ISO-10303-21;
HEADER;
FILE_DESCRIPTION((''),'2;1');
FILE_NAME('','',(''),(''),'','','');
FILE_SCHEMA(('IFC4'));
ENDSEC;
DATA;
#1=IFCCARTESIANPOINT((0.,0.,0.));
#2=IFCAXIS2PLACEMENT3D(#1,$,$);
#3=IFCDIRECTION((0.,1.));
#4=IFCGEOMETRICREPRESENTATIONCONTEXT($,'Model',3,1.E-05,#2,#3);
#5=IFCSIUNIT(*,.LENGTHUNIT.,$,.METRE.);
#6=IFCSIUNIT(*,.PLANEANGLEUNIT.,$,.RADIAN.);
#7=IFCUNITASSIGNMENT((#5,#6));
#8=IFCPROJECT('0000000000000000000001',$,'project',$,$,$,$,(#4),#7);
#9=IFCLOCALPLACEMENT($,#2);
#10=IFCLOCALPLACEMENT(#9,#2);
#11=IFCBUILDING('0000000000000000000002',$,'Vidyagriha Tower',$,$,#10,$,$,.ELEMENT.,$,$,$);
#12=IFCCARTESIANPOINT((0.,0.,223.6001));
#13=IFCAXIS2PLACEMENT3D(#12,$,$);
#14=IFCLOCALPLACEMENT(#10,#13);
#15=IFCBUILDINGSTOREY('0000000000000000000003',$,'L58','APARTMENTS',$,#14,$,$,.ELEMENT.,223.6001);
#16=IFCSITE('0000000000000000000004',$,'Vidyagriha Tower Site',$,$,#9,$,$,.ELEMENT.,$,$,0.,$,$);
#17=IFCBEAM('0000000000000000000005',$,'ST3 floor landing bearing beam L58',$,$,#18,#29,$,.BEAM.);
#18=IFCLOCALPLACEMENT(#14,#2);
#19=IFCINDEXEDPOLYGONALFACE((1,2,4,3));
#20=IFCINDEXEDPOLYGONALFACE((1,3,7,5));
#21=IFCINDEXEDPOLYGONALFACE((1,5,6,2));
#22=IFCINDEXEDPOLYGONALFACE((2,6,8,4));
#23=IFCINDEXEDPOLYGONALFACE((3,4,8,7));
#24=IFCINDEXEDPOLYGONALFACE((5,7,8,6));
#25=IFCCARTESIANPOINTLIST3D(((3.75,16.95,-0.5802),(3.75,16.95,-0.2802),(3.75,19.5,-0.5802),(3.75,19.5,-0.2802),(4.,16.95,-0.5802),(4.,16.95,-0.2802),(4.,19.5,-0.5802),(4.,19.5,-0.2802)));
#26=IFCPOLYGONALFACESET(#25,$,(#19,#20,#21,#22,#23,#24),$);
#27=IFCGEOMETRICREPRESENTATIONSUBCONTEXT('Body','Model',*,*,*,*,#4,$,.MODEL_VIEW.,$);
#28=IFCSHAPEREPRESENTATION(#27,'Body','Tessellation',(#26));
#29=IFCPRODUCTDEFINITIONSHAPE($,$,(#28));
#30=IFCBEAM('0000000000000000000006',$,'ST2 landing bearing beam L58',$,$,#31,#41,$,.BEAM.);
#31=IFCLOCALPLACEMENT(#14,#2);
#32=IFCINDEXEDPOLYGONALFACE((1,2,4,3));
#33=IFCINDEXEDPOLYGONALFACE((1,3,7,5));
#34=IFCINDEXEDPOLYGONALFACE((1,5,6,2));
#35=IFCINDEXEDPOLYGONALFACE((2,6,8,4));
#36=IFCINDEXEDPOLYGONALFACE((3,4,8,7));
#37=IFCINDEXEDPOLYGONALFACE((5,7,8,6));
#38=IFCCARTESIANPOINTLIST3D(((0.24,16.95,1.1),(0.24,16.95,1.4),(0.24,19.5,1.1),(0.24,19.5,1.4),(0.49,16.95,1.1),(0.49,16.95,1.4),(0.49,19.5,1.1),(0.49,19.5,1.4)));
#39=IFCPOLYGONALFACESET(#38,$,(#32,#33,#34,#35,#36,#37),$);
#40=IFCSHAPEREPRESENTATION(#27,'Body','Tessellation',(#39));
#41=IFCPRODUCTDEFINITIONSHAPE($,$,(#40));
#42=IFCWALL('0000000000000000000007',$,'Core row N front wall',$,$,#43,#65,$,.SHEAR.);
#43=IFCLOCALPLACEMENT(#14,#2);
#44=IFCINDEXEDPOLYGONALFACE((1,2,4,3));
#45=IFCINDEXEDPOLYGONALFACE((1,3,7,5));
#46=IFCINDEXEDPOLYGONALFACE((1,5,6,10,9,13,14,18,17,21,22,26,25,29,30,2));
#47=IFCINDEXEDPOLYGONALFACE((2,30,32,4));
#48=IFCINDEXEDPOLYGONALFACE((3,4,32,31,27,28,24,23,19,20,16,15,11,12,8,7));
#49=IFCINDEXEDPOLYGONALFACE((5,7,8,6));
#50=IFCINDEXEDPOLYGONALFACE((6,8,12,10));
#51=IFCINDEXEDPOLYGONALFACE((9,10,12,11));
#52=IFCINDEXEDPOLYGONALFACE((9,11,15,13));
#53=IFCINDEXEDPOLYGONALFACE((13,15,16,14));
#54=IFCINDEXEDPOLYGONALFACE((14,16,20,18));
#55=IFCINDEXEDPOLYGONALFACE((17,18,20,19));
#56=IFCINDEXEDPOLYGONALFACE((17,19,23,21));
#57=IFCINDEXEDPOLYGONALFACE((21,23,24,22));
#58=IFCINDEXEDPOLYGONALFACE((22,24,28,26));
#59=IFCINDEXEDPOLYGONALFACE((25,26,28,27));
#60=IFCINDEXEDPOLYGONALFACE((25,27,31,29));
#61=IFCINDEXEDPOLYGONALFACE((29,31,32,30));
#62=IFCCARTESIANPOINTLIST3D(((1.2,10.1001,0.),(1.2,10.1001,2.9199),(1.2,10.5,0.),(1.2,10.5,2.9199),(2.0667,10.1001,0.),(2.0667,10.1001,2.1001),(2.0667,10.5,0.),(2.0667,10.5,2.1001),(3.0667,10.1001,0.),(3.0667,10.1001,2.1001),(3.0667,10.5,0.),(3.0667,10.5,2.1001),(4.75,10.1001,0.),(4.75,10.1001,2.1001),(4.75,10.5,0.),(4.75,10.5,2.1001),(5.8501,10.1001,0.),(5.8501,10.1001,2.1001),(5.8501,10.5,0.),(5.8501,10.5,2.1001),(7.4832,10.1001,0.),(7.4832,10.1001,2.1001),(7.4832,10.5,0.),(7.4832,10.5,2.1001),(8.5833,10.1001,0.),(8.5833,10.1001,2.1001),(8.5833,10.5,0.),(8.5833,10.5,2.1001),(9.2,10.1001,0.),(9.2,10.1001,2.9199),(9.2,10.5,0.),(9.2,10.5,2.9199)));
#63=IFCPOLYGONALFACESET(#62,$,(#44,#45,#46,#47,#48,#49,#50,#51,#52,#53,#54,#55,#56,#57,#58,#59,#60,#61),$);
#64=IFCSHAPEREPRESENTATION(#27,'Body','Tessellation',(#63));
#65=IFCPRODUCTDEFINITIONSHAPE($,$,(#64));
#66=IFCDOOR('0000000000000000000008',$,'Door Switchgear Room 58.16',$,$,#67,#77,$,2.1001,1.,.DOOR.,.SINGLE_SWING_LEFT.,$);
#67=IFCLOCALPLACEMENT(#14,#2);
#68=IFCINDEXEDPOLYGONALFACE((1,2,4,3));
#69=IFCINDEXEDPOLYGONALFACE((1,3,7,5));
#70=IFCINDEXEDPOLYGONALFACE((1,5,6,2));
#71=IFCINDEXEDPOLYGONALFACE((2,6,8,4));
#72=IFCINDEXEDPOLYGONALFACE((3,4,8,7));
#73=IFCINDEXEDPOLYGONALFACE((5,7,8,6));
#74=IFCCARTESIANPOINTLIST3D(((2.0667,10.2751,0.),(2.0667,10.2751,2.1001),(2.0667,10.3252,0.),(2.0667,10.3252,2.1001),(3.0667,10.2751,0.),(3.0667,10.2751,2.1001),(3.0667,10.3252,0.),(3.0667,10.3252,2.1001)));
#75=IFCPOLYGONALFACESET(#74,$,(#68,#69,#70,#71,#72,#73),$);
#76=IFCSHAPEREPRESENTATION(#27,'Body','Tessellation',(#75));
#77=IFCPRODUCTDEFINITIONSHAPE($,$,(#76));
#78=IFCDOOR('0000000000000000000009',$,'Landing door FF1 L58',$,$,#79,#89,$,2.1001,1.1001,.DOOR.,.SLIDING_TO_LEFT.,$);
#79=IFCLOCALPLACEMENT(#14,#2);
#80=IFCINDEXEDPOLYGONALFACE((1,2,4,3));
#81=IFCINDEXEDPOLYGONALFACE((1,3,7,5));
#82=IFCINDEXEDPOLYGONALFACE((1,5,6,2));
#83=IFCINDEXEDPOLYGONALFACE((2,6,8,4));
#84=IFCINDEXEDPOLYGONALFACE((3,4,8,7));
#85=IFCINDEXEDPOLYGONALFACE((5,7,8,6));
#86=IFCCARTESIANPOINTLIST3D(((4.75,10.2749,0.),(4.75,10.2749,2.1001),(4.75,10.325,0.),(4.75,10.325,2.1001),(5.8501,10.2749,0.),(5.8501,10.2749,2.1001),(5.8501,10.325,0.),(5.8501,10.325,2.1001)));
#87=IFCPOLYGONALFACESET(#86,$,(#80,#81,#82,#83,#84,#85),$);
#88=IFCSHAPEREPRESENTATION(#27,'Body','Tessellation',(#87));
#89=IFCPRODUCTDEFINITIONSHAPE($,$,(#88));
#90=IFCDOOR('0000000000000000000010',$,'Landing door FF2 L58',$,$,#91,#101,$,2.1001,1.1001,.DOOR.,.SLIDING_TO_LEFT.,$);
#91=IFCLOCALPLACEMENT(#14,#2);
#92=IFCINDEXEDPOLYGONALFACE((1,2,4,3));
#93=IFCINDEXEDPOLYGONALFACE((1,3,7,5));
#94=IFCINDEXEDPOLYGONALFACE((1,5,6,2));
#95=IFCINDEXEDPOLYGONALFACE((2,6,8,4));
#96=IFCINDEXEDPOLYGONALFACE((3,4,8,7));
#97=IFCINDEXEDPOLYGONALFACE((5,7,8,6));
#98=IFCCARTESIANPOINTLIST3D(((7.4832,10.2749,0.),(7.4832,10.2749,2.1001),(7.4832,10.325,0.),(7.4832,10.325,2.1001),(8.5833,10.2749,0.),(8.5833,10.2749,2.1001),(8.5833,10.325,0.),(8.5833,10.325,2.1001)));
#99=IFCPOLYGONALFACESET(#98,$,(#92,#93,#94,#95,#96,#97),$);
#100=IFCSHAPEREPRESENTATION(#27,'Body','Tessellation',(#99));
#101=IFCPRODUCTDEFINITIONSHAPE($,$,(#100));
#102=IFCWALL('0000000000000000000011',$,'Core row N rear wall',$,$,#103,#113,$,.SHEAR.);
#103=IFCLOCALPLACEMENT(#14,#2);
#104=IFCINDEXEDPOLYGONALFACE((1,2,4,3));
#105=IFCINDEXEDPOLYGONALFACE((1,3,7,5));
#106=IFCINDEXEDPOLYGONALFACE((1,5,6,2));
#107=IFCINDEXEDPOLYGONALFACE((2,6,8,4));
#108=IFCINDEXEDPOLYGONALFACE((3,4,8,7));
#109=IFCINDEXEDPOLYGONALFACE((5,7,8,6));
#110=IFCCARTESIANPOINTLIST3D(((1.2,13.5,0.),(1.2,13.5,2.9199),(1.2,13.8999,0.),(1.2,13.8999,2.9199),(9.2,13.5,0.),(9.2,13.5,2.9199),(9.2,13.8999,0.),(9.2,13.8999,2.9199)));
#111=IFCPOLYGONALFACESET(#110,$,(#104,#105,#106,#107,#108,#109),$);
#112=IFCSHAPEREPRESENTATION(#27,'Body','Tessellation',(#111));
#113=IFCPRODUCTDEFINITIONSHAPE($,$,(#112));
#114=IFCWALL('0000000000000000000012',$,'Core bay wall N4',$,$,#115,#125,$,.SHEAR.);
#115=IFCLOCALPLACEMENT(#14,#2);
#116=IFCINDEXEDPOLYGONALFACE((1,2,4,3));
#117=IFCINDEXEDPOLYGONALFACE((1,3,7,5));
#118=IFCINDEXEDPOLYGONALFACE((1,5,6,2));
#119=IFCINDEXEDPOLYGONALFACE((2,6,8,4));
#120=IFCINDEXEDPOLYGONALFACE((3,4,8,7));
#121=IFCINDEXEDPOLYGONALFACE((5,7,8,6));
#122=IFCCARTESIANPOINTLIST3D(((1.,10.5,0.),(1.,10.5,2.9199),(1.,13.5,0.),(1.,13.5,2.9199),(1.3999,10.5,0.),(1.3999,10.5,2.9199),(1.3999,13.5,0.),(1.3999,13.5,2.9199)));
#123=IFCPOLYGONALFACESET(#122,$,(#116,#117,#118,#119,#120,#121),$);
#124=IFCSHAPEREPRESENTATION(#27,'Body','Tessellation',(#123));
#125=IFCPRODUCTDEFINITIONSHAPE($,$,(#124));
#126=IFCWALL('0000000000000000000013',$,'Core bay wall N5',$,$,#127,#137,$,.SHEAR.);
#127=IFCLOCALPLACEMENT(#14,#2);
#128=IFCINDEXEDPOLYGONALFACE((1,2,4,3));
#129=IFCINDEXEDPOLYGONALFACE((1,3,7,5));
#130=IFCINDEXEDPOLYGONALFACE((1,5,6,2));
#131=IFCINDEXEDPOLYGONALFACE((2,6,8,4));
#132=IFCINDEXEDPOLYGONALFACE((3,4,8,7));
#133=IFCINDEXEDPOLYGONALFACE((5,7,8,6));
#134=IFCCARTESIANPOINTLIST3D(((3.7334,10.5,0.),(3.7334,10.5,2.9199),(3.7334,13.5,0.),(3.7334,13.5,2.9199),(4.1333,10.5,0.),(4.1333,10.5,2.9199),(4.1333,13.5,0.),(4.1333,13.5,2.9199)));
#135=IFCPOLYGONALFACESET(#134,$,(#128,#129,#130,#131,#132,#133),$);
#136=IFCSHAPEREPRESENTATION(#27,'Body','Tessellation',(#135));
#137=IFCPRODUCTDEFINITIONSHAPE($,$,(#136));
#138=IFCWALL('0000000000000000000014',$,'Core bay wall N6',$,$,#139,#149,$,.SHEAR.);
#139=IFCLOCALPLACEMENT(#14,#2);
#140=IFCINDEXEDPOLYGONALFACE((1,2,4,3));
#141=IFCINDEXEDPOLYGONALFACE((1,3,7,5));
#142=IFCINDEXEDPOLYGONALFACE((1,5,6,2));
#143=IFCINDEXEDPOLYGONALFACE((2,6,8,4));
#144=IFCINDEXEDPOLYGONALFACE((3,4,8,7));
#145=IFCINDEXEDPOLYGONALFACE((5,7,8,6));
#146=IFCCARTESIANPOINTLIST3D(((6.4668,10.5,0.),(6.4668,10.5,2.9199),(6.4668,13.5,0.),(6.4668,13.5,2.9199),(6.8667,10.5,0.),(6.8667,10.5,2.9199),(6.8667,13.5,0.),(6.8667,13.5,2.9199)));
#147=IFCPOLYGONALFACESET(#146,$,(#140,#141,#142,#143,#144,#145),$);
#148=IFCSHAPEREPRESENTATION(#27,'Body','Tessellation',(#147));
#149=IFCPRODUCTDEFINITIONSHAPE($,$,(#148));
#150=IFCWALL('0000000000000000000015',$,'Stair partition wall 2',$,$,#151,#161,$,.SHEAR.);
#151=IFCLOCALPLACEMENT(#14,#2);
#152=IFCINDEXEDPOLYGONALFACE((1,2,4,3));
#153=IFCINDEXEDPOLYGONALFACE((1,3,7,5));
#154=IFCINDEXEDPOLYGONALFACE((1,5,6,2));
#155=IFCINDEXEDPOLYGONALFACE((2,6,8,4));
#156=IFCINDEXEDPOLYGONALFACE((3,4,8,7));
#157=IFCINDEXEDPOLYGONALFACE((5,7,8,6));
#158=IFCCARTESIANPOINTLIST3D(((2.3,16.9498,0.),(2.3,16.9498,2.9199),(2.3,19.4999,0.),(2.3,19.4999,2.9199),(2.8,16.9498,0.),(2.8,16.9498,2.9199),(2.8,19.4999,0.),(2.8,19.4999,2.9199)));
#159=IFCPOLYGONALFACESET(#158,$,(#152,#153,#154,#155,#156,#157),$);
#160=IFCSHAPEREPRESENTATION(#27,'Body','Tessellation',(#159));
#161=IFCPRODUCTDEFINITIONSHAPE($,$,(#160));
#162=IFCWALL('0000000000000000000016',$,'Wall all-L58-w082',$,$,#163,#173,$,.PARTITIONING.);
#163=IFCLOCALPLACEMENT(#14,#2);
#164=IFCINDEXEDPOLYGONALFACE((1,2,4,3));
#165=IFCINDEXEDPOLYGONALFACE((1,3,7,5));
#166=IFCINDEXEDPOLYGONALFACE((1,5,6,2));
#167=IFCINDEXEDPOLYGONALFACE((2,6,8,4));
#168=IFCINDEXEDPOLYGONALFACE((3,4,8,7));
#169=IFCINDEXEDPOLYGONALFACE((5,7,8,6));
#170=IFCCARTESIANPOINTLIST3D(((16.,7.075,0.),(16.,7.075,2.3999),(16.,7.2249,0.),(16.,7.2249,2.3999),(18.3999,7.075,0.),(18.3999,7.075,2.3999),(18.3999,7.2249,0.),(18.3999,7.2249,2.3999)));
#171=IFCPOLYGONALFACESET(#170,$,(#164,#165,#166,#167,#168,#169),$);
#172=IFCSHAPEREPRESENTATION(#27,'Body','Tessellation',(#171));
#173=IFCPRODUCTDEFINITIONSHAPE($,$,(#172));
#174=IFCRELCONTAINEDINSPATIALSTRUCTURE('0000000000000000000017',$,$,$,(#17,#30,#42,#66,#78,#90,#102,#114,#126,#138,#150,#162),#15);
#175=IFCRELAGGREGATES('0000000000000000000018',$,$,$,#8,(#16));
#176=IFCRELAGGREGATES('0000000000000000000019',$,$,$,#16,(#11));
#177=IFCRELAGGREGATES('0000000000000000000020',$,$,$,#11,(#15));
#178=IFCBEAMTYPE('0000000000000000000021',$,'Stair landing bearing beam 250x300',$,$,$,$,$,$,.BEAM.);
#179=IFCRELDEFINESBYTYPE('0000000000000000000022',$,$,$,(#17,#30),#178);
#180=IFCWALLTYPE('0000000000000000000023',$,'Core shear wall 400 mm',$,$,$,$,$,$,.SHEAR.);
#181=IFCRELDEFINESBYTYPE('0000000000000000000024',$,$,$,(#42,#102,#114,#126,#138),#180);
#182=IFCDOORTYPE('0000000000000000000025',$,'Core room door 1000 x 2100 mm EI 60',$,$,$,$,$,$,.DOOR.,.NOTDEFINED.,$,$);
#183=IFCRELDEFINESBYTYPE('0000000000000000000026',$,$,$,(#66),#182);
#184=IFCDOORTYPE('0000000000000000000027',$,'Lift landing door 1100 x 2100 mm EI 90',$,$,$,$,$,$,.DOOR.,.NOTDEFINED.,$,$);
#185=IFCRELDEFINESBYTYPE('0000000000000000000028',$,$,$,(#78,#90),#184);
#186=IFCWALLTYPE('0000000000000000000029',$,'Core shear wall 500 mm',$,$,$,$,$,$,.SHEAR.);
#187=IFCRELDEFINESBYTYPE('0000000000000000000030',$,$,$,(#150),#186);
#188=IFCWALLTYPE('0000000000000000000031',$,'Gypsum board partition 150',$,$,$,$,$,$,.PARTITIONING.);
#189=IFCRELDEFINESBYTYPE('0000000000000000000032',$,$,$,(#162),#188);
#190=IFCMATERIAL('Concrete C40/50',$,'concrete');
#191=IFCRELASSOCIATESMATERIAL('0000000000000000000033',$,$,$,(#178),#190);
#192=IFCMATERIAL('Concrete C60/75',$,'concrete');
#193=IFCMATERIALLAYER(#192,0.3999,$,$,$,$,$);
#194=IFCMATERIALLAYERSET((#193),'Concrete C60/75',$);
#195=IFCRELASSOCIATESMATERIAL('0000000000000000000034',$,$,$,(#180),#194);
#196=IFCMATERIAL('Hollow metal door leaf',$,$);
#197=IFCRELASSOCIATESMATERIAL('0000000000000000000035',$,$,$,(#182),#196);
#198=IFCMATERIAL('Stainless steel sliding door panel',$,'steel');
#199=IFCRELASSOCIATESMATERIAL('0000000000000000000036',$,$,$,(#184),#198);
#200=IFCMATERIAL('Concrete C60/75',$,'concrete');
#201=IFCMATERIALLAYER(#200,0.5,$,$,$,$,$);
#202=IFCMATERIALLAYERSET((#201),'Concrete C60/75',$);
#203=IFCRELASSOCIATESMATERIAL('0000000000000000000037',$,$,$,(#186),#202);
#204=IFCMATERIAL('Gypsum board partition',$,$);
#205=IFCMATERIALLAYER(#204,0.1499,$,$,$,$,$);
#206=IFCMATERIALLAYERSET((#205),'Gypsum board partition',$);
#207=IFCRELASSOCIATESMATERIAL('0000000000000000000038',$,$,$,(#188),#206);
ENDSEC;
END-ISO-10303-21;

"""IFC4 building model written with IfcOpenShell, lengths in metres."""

from ifc_helpers import new_model, si_unit, direction, frame, frame_2d, origin, origin_2d, place, context, subcontext, project, spatial, rectangle, extrude, material, layer, layer_set, material_profile, profile_set, type_object, element, fill, save


model = new_model("IFC4")

# Units and contexts
model_context = context("Model", 3, precision=1e-05, world=origin(), true_north=direction((0.0, 1.0)))
body_context = subcontext(model_context, "Body", "Model", "MODEL_VIEW")
ifc_project = project(units=[si_unit("LENGTHUNIT", "METRE"), si_unit("PLANEANGLEUNIT", "RADIAN")], contexts=[model_context])

# Site, building, storey
site_placement = place(None, origin())
site = spatial("IfcSite", under=ifc_project, at=site_placement, Name="Vidyagriha Tower Site", CompositionType="ELEMENT", RefElevation=0.0)
building_placement = place(site_placement, origin())
building = spatial("IfcBuilding", under=site, at=building_placement, Name="Vidyagriha Tower", CompositionType="ELEMENT")
storey_placement = place(building_placement, frame((0.0, 0.0, 223.6001)))
storey = spatial("IfcBuildingStorey", under=building, at=storey_placement, Name="L58", Description="APARTMENTS", CompositionType="ELEMENT", Elevation=223.6001)

# Beams
ifc_material_1 = material(Name="Concrete C40/50", Category="concrete")
ifc_material_profile = material_profile(ifc_material_1, rectangle(XDim=0.25, YDim=0.3, at=origin_2d()), Name="Stair landing bearing beam 250x300")
ifc_profile_set = profile_set([ifc_material_profile], Name="Concrete C40/50")
beam_type = type_object("IfcBeamType", Name="Stair landing bearing beam 250x300", PredefinedType="BEAM", material=ifc_profile_set)
for number, where, z_axis, x_axis, name in (
    (1, (3.875, 16.95, -0.4302), (0.0, 1.0, 0.0), (-1.0, 0.0, 0.0), "ST3 floor landing bearing beam L58"),
    (2, (0.365, 16.95, 1.25), (0.0, 1.0, 0.0), (-1.0, 0.0, 0.0), "ST2 landing bearing beam L58"),
):
    element("IfcBeam", number, at=place(storey_placement, frame(where, z_axis=z_axis, x_axis=x_axis)), inside=storey, type_object=beam_type, Name=name, PredefinedType="BEAM", context=body_context, shape_type="SweptSolid", body=[
        extrude(rectangle(XDim=0.25, YDim=0.3, at=origin_2d()), origin(), (0.0, 0.0, 1.0), 2.55),
    ])

# Wall, openings, doors
ifc_material_2 = material(Name="Concrete C60/75", Category="concrete")
ifc_layer_1 = layer(ifc_material_2, 0.3999)
ifc_layer_set_1 = layer_set([ifc_layer_1], Name="Concrete C60/75")
wall_type_1 = type_object("IfcWallType", Name="Core shear wall 400 mm", PredefinedType="SHEAR", material=ifc_layer_set_1)
wall_1_placement = place(storey_placement, frame((1.2, 10.3, 0.0)))
wall_1 = element("IfcWall", 3, at=wall_1_placement, inside=storey, type_object=wall_type_1, Name="Core row N front wall", PredefinedType="SHEAR", context=body_context, shape_type="SweptSolid", body=[
    extrude(rectangle(XDim=8.0, YDim=0.3999, at=frame_2d((4.0, 0.0))), origin(), (0.0, 0.0, 1.0), 2.9199),
])
opening_1_placement = place(wall_1_placement, frame((3.55, 0.0, 0.0)))
opening_1 = element("IfcOpeningElement", 4, at=opening_1_placement, cuts=wall_1, PredefinedType="OPENING", context=body_context, shape_type="SweptSolid", body=[
    extrude(rectangle(XDim=1.1001, YDim=2.1001, at=frame_2d((0.55, 1.05))), frame((0.0, 0.21, 0.0), z_axis=(0.0, -1.0, 0.0), x_axis=(1.0, 0.0, 0.0)), (0.0, 0.0, 1.0), 0.4199),
])
opening_2_placement = place(wall_1_placement, frame((6.2832, 0.0, 0.0)))
opening_2 = element("IfcOpeningElement", 5, at=opening_2_placement, cuts=wall_1, PredefinedType="OPENING", context=body_context, shape_type="SweptSolid", body=[
    extrude(rectangle(XDim=1.1001, YDim=2.1001, at=frame_2d((0.55, 1.05))), frame((0.0, 0.21, 0.0), z_axis=(0.0, -1.0, 0.0), x_axis=(1.0, 0.0, 0.0)), (0.0, 0.0, 1.0), 0.4199),
])
opening_3_placement = place(wall_1_placement, frame((0.8667, 0.0, 0.0)))
opening_3 = element("IfcOpeningElement", 6, at=opening_3_placement, cuts=wall_1, PredefinedType="OPENING", context=body_context, shape_type="SweptSolid", body=[
    extrude(rectangle(XDim=1.0, YDim=2.1001, at=frame_2d((0.5, 1.05))), frame((0.0, 0.21, 0.0), z_axis=(0.0, -1.0, 0.0), x_axis=(1.0, 0.0, 0.0)), (0.0, 0.0, 1.0), 0.4199),
])
ifc_material_3 = material(Name="Hollow metal door leaf")
door_type_1 = type_object("IfcDoorType", Name="Core room door 1000 x 2100 mm EI 60", OperationType="NOTDEFINED", PredefinedType="DOOR", material=ifc_material_3)
door_1_placement = place(opening_3_placement, frame((1.0, 0.0, 0.0), z_axis=(0.0, 0.0, 1.0), x_axis=(-1.0, 0.0, 0.0)))
door_1 = element("IfcDoor", 7, at=door_1_placement, inside=storey, type_object=door_type_1, Name="Door Switchgear Room 58.16", OperationType="SINGLE_SWING_LEFT", OverallHeight=2.1001, OverallWidth=1.0, PredefinedType="DOOR", context=body_context, shape_type="SweptSolid", body=[
    extrude(rectangle(XDim=1.0, YDim=2.1001, at=frame_2d((0.5, 1.05))), frame((0.0, 0.0249, 0.0), z_axis=(0.0, -1.0, 0.0), x_axis=(1.0, 0.0, 0.0)), (0.0, 0.0, 1.0), 0.05),
])
fill(opening_3, door_1)
ifc_material_4 = material(Name="Stainless steel sliding door panel", Category="steel")
door_type_2 = type_object("IfcDoorType", Name="Lift landing door 1100 x 2100 mm EI 90", OperationType="NOTDEFINED", PredefinedType="DOOR", material=ifc_material_4)
door_2_placement = place(opening_1_placement, origin())
door_2 = element("IfcDoor", 8, at=door_2_placement, inside=storey, type_object=door_type_2, Name="Landing door FF1 L58", OperationType="SLIDING_TO_LEFT", OverallHeight=2.1001, OverallWidth=1.1001, PredefinedType="DOOR", context=body_context, shape_type="SweptSolid", body=[
    extrude(rectangle(XDim=1.1001, YDim=2.1001, at=frame_2d((0.55, 1.05))), frame((0.0, 0.0249, 0.0), z_axis=(0.0, -1.0, 0.0), x_axis=(1.0, 0.0, 0.0)), (0.0, 0.0, 1.0), 0.05),
])
fill(opening_1, door_2)
door_3_placement = place(opening_2_placement, origin())
door_3 = element("IfcDoor", 9, at=door_3_placement, inside=storey, type_object=door_type_2, Name="Landing door FF2 L58", OperationType="SLIDING_TO_LEFT", OverallHeight=2.1001, OverallWidth=1.1001, PredefinedType="DOOR", context=body_context, shape_type="SweptSolid", body=[
    extrude(rectangle(XDim=1.1001, YDim=2.1001, at=frame_2d((0.55, 1.05))), frame((0.0, 0.0249, 0.0), z_axis=(0.0, -1.0, 0.0), x_axis=(1.0, 0.0, 0.0)), (0.0, 0.0, 1.0), 0.05),
])
fill(opening_2, door_3)

# Walls
wall_2_placement = place(storey_placement, frame((1.2, 13.7, 0.0)))
element("IfcWall", 10, at=wall_2_placement, inside=storey, type_object=wall_type_1, Name="Core row N rear wall", PredefinedType="SHEAR", context=body_context, shape_type="SweptSolid", body=[
    extrude(rectangle(XDim=8.0, YDim=0.3999, at=frame_2d((4.0, 0.0))), origin(), (0.0, 0.0, 1.0), 2.9199),
])
for number, where, z_axis, x_axis, name in (
    (11, (1.2, 10.5, 0.0), (0.0, 0.0, 1.0), (0.0, 1.0, 0.0), "Core bay wall N4"),
    (12, (3.9333, 10.5, 0.0), (0.0, 0.0, 1.0), (0.0, 1.0, 0.0), "Core bay wall N5"),
    (13, (6.6667, 10.5, 0.0), (0.0, 0.0, 1.0), (0.0, 1.0, 0.0), "Core bay wall N6"),
):
    element("IfcWall", number, at=place(storey_placement, frame(where, z_axis=z_axis, x_axis=x_axis)), inside=storey, type_object=wall_type_1, Name=name, PredefinedType="SHEAR", context=body_context, shape_type="SweptSolid", body=[
        extrude(rectangle(XDim=3.0, YDim=0.3999, at=frame_2d((1.5, 0.0))), origin(), (0.0, 0.0, 1.0), 2.9199),
    ])
ifc_material_5 = material(Name="Concrete C60/75", Category="concrete")
ifc_layer_2 = layer(ifc_material_5, 0.5)
ifc_layer_set_2 = layer_set([ifc_layer_2], Name="Concrete C60/75")
wall_type_2 = type_object("IfcWallType", Name="Core shear wall 500 mm", PredefinedType="SHEAR", material=ifc_layer_set_2)
wall_3_placement = place(storey_placement, frame((2.55, 16.95, 0.0), z_axis=(0.0, 0.0, 1.0), x_axis=(0.0, 1.0, 0.0)))
element("IfcWall", 14, at=wall_3_placement, inside=storey, type_object=wall_type_2, Name="Stair partition wall 2", PredefinedType="SHEAR", context=body_context, shape_type="SweptSolid", body=[
    extrude(rectangle(XDim=2.55, YDim=0.5, at=frame_2d((1.2749, 0.0))), origin(), (0.0, 0.0, 1.0), 2.9199),
])
ifc_material_6 = material(Name="Gypsum board partition")
ifc_layer_3 = layer(ifc_material_6, 0.1499)
ifc_layer_set_3 = layer_set([ifc_layer_3], Name="Gypsum board partition")
wall_type_3 = type_object("IfcWallType", Name="Gypsum board partition 150", PredefinedType="PARTITIONING", material=ifc_layer_set_3)
wall_4_placement = place(storey_placement, frame((16.0, 7.1499, 0.0)))
element("IfcWall", 15, at=wall_4_placement, inside=storey, type_object=wall_type_3, Name="Wall all-L58-w082", PredefinedType="PARTITIONING", context=body_context, shape_type="SweptSolid", body=[
    extrude(rectangle(XDim=2.3999, YDim=0.1499, at=frame_2d((1.2, 0.0))), origin(), (0.0, 0.0, 1.0), 2.3999),
])

save(model, "model.ifc")
